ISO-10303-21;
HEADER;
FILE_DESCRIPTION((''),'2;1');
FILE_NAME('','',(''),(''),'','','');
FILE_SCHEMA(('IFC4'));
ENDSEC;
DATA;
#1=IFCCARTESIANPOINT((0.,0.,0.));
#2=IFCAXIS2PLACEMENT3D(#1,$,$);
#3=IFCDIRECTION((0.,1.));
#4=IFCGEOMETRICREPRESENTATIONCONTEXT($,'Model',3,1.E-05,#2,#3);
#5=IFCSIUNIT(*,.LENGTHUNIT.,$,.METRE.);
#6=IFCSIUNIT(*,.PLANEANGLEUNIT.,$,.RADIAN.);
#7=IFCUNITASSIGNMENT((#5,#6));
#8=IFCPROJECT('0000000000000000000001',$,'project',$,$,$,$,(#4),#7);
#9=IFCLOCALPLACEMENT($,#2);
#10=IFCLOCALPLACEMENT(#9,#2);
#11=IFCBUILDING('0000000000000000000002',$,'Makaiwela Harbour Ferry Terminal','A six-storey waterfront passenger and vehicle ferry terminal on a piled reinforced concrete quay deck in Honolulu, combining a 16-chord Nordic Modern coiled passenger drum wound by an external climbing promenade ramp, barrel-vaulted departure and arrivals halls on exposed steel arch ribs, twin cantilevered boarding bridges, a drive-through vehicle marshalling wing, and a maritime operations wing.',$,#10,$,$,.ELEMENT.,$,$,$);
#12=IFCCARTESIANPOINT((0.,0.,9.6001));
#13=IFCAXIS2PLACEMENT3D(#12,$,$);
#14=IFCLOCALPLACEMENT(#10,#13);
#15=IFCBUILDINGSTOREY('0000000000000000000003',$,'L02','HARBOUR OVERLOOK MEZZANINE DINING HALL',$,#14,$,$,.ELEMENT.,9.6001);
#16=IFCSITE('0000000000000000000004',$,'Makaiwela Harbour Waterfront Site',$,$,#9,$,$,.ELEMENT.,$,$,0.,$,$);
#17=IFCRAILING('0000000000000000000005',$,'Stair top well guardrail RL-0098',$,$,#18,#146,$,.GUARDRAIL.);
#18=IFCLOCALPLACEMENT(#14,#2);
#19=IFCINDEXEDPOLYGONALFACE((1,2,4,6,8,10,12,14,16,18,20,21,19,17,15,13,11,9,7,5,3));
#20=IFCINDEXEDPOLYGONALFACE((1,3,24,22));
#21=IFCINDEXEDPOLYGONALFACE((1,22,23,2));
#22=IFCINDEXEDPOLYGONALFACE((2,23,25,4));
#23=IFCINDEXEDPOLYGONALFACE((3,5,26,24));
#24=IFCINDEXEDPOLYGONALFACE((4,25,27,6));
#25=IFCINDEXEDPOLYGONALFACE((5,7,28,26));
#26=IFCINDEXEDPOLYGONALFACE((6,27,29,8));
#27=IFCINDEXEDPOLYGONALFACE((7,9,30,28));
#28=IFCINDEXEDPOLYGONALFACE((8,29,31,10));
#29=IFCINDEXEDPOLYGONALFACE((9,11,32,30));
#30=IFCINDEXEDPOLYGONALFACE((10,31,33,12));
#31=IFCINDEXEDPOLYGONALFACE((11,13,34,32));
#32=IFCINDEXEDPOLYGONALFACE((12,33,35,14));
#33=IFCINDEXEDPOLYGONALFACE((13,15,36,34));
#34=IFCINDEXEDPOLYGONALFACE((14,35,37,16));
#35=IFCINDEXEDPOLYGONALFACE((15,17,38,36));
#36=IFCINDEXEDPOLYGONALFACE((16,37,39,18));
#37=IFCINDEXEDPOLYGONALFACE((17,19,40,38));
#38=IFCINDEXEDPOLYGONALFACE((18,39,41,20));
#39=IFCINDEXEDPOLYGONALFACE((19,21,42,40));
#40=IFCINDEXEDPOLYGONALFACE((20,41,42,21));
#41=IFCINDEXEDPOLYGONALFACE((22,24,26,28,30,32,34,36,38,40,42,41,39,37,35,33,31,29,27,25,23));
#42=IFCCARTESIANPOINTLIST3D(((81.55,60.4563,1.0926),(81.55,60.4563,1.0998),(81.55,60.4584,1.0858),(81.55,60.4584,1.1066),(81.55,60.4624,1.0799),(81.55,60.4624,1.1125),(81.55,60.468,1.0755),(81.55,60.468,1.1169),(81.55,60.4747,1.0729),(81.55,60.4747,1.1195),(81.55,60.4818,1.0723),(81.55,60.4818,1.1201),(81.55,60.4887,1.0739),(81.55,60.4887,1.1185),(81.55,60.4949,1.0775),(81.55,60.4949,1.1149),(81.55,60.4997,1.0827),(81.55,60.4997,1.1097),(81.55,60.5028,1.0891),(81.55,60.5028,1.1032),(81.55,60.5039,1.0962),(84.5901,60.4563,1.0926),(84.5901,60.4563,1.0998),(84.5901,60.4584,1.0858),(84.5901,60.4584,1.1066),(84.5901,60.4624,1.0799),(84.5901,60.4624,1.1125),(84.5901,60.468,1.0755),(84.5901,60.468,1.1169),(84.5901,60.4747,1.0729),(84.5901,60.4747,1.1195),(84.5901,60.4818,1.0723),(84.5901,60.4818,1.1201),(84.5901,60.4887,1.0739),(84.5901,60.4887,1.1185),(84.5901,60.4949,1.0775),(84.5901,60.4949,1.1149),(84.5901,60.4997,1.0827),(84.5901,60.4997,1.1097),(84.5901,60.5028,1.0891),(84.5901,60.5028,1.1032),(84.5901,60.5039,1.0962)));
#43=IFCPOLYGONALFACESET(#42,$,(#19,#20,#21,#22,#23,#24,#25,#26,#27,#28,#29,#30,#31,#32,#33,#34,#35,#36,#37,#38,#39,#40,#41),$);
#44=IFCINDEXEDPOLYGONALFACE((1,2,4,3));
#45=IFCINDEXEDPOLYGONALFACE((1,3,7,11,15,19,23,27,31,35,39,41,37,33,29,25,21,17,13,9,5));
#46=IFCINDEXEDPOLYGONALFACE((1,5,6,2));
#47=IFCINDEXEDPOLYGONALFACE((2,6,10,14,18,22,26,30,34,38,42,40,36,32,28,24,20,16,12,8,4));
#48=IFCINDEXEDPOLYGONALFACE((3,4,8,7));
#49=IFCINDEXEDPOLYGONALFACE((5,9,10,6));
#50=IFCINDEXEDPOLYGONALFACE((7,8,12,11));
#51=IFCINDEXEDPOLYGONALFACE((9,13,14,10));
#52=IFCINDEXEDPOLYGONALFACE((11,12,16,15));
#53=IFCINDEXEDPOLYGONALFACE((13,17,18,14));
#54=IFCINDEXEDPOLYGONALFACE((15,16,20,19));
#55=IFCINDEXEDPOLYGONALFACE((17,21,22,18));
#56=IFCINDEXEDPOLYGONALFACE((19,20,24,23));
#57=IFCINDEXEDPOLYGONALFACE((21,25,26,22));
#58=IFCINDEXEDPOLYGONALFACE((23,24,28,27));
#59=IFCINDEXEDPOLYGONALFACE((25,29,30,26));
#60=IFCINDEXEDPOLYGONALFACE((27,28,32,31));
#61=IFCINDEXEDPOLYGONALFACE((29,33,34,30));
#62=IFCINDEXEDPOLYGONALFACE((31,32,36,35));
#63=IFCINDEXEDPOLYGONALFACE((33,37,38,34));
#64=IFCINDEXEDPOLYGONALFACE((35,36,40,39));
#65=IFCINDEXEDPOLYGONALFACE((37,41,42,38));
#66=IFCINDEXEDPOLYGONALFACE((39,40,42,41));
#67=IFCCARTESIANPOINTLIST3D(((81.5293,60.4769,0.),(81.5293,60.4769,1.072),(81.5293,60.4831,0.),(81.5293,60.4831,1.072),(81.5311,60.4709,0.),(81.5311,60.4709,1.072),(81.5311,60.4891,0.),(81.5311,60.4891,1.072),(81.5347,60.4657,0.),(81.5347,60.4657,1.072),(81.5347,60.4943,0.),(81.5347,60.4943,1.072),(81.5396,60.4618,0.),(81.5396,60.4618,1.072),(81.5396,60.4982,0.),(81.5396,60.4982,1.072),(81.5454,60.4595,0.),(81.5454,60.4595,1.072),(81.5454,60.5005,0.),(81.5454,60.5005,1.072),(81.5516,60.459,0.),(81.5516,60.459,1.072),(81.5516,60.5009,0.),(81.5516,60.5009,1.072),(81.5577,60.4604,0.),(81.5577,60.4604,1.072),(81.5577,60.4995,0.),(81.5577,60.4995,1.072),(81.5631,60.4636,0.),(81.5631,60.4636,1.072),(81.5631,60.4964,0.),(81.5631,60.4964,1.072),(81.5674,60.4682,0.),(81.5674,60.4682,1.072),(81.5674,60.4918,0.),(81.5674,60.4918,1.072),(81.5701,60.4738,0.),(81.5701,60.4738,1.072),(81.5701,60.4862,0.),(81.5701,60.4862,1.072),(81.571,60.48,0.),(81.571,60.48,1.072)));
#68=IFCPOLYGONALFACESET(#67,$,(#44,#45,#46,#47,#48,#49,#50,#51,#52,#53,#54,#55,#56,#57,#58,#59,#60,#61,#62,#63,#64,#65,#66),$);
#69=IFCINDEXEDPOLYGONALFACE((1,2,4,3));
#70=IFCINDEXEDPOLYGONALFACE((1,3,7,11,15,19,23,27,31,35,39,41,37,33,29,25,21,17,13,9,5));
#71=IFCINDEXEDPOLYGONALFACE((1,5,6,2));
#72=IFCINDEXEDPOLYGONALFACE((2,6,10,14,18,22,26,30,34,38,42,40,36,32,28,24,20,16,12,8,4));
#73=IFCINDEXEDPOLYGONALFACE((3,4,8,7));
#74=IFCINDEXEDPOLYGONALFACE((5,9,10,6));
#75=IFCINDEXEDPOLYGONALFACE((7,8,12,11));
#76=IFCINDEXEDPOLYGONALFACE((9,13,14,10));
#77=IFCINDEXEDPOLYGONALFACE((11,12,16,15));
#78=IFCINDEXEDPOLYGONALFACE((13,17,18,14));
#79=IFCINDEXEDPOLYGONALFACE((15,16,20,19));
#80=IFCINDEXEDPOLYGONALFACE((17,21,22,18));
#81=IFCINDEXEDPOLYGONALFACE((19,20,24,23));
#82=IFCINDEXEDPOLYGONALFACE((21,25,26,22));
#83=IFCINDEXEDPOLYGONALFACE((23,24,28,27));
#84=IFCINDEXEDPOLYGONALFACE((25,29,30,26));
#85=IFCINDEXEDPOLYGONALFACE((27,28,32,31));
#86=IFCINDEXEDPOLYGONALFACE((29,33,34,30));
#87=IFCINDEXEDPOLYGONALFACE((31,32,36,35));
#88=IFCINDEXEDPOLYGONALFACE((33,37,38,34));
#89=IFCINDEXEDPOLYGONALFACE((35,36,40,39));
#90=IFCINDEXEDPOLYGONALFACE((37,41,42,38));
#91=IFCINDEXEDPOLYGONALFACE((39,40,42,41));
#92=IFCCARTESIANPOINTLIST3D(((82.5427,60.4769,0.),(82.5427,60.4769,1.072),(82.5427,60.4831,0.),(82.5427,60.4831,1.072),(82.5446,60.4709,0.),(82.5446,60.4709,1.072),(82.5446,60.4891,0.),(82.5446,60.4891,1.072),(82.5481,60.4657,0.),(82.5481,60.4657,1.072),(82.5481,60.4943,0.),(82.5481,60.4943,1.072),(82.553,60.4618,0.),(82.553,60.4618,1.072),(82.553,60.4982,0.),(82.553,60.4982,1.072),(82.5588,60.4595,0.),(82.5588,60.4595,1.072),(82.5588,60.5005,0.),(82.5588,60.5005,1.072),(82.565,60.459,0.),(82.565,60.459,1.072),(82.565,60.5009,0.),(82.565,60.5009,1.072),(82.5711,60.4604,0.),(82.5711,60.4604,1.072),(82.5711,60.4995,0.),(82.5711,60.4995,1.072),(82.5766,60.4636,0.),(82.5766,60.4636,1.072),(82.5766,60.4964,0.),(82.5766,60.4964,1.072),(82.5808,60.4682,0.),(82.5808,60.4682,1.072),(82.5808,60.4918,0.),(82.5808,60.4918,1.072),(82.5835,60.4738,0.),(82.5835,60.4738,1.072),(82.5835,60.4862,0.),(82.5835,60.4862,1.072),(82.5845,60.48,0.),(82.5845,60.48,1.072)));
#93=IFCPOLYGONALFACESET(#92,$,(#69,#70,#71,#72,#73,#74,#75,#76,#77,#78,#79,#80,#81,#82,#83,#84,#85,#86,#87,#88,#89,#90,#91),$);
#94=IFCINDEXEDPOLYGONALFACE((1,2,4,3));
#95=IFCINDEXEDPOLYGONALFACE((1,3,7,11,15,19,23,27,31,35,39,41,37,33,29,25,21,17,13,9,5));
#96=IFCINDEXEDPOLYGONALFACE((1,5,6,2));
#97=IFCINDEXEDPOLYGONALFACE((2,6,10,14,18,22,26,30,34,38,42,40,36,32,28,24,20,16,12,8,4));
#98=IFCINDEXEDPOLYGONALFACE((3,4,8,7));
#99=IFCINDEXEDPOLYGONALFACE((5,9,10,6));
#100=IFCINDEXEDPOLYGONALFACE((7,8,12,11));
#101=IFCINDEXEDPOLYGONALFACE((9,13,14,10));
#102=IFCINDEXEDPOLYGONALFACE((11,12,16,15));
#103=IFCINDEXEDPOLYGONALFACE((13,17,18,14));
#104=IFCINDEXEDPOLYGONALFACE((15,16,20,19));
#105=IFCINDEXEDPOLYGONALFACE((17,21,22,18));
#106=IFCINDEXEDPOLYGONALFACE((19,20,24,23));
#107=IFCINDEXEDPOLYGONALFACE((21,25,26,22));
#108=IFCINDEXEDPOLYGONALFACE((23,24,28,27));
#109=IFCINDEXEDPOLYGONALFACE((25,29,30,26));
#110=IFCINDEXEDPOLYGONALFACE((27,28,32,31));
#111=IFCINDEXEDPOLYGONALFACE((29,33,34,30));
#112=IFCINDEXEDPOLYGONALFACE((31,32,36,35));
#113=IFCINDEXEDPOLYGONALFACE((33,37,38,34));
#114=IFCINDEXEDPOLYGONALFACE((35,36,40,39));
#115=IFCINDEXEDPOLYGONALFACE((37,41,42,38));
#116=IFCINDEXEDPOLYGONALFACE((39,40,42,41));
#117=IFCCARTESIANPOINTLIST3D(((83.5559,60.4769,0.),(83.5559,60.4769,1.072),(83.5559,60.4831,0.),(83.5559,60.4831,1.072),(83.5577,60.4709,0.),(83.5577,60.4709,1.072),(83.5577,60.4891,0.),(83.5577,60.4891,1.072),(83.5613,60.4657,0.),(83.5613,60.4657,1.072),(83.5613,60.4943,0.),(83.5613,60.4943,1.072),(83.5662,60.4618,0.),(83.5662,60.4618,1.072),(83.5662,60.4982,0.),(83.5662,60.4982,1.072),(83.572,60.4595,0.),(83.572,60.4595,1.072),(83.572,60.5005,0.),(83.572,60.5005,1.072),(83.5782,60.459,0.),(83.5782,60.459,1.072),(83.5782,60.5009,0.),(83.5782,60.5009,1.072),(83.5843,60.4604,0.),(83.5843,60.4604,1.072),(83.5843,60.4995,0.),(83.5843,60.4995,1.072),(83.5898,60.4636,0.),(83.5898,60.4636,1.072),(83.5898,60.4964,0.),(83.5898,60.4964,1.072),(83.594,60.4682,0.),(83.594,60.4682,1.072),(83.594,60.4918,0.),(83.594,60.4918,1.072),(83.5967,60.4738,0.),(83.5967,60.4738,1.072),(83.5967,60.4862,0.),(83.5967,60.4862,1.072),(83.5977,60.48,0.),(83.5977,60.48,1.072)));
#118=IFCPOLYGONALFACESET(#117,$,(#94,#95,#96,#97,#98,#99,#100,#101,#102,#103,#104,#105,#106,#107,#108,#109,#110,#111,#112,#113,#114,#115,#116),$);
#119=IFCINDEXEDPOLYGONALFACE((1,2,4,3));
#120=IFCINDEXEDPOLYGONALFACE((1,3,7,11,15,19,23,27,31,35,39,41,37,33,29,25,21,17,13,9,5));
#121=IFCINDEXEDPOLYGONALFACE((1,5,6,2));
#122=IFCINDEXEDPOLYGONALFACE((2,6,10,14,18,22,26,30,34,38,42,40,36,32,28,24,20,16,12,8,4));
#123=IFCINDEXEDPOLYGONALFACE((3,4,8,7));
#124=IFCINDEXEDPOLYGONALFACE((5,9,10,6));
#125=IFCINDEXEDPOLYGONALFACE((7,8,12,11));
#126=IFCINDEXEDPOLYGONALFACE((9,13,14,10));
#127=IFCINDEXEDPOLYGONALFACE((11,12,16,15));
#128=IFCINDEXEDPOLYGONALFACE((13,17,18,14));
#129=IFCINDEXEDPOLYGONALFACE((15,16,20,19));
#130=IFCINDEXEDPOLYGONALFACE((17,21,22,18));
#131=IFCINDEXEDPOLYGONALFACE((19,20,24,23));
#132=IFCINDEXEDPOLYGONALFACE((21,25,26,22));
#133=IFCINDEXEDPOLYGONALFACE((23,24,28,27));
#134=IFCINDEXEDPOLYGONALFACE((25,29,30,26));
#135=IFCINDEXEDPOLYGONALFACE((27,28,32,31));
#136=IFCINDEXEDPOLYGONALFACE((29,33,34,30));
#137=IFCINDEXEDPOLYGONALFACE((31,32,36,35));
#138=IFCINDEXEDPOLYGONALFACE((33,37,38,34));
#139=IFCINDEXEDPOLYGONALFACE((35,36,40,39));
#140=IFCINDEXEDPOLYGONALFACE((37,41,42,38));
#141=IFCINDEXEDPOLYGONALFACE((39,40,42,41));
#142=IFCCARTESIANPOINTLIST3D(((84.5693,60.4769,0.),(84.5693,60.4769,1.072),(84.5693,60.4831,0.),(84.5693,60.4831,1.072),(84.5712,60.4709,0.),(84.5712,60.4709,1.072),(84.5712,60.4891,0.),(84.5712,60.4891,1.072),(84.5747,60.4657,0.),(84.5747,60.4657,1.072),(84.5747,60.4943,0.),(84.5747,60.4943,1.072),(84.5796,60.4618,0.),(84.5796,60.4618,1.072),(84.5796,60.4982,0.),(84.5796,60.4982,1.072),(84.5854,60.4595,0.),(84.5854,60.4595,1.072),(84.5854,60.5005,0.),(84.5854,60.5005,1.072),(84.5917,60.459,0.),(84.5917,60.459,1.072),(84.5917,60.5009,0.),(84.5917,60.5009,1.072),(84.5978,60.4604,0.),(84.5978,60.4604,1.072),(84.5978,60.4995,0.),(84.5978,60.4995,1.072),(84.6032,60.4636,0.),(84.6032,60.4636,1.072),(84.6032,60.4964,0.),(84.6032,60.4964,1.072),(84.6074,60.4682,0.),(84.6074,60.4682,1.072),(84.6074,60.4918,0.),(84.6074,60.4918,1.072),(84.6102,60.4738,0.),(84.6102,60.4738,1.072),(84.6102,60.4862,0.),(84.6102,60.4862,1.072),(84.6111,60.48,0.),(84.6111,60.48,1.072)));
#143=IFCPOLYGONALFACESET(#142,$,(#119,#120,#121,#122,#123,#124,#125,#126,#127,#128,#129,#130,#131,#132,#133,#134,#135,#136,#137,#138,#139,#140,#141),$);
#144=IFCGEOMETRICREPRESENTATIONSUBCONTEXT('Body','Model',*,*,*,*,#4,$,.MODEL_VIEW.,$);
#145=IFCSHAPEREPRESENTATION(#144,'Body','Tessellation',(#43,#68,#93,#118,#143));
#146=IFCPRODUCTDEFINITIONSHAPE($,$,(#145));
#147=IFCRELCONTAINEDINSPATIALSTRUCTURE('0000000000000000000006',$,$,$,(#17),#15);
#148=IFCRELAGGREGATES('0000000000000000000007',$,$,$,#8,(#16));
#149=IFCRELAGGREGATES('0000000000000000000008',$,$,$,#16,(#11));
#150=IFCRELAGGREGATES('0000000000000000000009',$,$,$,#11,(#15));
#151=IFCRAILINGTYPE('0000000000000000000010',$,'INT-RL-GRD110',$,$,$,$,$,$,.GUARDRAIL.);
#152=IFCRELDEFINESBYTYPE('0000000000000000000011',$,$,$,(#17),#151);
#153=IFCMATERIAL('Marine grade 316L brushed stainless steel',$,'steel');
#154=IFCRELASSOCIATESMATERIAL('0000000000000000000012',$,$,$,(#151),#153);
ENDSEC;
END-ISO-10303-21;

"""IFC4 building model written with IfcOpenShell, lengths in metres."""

from ifc_helpers import new_model, si_unit, direction, frame, origin, origin_2d, place, context, subcontext, project, spatial, circle, extrude, material, type_object, element, save


model = new_model("IFC4")

# Units and contexts
model_context = context("Model", 3, precision=1e-05, world=origin(), true_north=direction((0.0, 1.0)))
body_context = subcontext(model_context, "Body", "Model", "MODEL_VIEW")
ifc_project = project(units=[si_unit("LENGTHUNIT", "METRE"), si_unit("PLANEANGLEUNIT", "RADIAN")], contexts=[model_context])

# Site, building, storey
site_placement = place(None, origin())
site = spatial("IfcSite", under=ifc_project, at=site_placement, Name="Makaiwela Harbour Waterfront Site", CompositionType="ELEMENT", RefElevation=0.0)
building_placement = place(site_placement, origin())
building = spatial("IfcBuilding", under=site, at=building_placement, Name="Makaiwela Harbour Ferry Terminal", Description="A six-storey waterfront passenger and vehicle ferry terminal on a piled reinforced concrete quay deck in Honolulu, combining a 16-chord Nordic Modern coiled passenger drum wound by an external climbing promenade ramp, barrel-vaulted departure and arrivals halls on exposed steel arch ribs, twin cantilevered boarding bridges, a drive-through vehicle marshalling wing, and a maritime operations wing.", CompositionType="ELEMENT")
storey_placement = place(building_placement, frame((0.0, 0.0, 9.6001)))
storey = spatial("IfcBuildingStorey", under=building, at=storey_placement, Name="L02", Description="HARBOUR OVERLOOK MEZZANINE DINING HALL", CompositionType="ELEMENT", Elevation=9.6001)

# Railing
ifc_material_1 = material(Name="Marine grade 316L brushed stainless steel", Category="steel")
railing_type = type_object("IfcRailingType", Name="INT-RL-GRD110", PredefinedType="GUARDRAIL", material=ifc_material_1)
railing_1_placement = place(storey_placement, frame((81.55, 60.48, 0.0)))
element("IfcRailing", 1, at=railing_1_placement, inside=storey, type_object=railing_type, Name="Stair top well guardrail RL-0098", PredefinedType="GUARDRAIL", context=body_context, shape_type="SweptSolid", body=[
    extrude(circle(Radius=0.0239, at=origin_2d()), frame((0.0, 0.0, 1.0962), z_axis=(1.0, 0.0, 0.0), x_axis=(0.0, 1.0, 0.0)), (0.0, 0.0, 1.0), 3.04),
    extrude(circle(Radius=0.021, at=origin_2d()), origin(), (0.0, 0.0, 1.0), 1.072),
    extrude(circle(Radius=0.021, at=origin_2d()), frame((1.0134, 0.0, 0.0)), (0.0, 0.0, 1.0), 1.072),
    extrude(circle(Radius=0.021, at=origin_2d()), frame((2.0266, 0.0, 0.0)), (0.0, 0.0, 1.0), 1.072),
    extrude(circle(Radius=0.021, at=origin_2d()), frame((3.04, 0.0, 0.0)), (0.0, 0.0, 1.0), 1.072),
])

save(model, "model.ifc")
